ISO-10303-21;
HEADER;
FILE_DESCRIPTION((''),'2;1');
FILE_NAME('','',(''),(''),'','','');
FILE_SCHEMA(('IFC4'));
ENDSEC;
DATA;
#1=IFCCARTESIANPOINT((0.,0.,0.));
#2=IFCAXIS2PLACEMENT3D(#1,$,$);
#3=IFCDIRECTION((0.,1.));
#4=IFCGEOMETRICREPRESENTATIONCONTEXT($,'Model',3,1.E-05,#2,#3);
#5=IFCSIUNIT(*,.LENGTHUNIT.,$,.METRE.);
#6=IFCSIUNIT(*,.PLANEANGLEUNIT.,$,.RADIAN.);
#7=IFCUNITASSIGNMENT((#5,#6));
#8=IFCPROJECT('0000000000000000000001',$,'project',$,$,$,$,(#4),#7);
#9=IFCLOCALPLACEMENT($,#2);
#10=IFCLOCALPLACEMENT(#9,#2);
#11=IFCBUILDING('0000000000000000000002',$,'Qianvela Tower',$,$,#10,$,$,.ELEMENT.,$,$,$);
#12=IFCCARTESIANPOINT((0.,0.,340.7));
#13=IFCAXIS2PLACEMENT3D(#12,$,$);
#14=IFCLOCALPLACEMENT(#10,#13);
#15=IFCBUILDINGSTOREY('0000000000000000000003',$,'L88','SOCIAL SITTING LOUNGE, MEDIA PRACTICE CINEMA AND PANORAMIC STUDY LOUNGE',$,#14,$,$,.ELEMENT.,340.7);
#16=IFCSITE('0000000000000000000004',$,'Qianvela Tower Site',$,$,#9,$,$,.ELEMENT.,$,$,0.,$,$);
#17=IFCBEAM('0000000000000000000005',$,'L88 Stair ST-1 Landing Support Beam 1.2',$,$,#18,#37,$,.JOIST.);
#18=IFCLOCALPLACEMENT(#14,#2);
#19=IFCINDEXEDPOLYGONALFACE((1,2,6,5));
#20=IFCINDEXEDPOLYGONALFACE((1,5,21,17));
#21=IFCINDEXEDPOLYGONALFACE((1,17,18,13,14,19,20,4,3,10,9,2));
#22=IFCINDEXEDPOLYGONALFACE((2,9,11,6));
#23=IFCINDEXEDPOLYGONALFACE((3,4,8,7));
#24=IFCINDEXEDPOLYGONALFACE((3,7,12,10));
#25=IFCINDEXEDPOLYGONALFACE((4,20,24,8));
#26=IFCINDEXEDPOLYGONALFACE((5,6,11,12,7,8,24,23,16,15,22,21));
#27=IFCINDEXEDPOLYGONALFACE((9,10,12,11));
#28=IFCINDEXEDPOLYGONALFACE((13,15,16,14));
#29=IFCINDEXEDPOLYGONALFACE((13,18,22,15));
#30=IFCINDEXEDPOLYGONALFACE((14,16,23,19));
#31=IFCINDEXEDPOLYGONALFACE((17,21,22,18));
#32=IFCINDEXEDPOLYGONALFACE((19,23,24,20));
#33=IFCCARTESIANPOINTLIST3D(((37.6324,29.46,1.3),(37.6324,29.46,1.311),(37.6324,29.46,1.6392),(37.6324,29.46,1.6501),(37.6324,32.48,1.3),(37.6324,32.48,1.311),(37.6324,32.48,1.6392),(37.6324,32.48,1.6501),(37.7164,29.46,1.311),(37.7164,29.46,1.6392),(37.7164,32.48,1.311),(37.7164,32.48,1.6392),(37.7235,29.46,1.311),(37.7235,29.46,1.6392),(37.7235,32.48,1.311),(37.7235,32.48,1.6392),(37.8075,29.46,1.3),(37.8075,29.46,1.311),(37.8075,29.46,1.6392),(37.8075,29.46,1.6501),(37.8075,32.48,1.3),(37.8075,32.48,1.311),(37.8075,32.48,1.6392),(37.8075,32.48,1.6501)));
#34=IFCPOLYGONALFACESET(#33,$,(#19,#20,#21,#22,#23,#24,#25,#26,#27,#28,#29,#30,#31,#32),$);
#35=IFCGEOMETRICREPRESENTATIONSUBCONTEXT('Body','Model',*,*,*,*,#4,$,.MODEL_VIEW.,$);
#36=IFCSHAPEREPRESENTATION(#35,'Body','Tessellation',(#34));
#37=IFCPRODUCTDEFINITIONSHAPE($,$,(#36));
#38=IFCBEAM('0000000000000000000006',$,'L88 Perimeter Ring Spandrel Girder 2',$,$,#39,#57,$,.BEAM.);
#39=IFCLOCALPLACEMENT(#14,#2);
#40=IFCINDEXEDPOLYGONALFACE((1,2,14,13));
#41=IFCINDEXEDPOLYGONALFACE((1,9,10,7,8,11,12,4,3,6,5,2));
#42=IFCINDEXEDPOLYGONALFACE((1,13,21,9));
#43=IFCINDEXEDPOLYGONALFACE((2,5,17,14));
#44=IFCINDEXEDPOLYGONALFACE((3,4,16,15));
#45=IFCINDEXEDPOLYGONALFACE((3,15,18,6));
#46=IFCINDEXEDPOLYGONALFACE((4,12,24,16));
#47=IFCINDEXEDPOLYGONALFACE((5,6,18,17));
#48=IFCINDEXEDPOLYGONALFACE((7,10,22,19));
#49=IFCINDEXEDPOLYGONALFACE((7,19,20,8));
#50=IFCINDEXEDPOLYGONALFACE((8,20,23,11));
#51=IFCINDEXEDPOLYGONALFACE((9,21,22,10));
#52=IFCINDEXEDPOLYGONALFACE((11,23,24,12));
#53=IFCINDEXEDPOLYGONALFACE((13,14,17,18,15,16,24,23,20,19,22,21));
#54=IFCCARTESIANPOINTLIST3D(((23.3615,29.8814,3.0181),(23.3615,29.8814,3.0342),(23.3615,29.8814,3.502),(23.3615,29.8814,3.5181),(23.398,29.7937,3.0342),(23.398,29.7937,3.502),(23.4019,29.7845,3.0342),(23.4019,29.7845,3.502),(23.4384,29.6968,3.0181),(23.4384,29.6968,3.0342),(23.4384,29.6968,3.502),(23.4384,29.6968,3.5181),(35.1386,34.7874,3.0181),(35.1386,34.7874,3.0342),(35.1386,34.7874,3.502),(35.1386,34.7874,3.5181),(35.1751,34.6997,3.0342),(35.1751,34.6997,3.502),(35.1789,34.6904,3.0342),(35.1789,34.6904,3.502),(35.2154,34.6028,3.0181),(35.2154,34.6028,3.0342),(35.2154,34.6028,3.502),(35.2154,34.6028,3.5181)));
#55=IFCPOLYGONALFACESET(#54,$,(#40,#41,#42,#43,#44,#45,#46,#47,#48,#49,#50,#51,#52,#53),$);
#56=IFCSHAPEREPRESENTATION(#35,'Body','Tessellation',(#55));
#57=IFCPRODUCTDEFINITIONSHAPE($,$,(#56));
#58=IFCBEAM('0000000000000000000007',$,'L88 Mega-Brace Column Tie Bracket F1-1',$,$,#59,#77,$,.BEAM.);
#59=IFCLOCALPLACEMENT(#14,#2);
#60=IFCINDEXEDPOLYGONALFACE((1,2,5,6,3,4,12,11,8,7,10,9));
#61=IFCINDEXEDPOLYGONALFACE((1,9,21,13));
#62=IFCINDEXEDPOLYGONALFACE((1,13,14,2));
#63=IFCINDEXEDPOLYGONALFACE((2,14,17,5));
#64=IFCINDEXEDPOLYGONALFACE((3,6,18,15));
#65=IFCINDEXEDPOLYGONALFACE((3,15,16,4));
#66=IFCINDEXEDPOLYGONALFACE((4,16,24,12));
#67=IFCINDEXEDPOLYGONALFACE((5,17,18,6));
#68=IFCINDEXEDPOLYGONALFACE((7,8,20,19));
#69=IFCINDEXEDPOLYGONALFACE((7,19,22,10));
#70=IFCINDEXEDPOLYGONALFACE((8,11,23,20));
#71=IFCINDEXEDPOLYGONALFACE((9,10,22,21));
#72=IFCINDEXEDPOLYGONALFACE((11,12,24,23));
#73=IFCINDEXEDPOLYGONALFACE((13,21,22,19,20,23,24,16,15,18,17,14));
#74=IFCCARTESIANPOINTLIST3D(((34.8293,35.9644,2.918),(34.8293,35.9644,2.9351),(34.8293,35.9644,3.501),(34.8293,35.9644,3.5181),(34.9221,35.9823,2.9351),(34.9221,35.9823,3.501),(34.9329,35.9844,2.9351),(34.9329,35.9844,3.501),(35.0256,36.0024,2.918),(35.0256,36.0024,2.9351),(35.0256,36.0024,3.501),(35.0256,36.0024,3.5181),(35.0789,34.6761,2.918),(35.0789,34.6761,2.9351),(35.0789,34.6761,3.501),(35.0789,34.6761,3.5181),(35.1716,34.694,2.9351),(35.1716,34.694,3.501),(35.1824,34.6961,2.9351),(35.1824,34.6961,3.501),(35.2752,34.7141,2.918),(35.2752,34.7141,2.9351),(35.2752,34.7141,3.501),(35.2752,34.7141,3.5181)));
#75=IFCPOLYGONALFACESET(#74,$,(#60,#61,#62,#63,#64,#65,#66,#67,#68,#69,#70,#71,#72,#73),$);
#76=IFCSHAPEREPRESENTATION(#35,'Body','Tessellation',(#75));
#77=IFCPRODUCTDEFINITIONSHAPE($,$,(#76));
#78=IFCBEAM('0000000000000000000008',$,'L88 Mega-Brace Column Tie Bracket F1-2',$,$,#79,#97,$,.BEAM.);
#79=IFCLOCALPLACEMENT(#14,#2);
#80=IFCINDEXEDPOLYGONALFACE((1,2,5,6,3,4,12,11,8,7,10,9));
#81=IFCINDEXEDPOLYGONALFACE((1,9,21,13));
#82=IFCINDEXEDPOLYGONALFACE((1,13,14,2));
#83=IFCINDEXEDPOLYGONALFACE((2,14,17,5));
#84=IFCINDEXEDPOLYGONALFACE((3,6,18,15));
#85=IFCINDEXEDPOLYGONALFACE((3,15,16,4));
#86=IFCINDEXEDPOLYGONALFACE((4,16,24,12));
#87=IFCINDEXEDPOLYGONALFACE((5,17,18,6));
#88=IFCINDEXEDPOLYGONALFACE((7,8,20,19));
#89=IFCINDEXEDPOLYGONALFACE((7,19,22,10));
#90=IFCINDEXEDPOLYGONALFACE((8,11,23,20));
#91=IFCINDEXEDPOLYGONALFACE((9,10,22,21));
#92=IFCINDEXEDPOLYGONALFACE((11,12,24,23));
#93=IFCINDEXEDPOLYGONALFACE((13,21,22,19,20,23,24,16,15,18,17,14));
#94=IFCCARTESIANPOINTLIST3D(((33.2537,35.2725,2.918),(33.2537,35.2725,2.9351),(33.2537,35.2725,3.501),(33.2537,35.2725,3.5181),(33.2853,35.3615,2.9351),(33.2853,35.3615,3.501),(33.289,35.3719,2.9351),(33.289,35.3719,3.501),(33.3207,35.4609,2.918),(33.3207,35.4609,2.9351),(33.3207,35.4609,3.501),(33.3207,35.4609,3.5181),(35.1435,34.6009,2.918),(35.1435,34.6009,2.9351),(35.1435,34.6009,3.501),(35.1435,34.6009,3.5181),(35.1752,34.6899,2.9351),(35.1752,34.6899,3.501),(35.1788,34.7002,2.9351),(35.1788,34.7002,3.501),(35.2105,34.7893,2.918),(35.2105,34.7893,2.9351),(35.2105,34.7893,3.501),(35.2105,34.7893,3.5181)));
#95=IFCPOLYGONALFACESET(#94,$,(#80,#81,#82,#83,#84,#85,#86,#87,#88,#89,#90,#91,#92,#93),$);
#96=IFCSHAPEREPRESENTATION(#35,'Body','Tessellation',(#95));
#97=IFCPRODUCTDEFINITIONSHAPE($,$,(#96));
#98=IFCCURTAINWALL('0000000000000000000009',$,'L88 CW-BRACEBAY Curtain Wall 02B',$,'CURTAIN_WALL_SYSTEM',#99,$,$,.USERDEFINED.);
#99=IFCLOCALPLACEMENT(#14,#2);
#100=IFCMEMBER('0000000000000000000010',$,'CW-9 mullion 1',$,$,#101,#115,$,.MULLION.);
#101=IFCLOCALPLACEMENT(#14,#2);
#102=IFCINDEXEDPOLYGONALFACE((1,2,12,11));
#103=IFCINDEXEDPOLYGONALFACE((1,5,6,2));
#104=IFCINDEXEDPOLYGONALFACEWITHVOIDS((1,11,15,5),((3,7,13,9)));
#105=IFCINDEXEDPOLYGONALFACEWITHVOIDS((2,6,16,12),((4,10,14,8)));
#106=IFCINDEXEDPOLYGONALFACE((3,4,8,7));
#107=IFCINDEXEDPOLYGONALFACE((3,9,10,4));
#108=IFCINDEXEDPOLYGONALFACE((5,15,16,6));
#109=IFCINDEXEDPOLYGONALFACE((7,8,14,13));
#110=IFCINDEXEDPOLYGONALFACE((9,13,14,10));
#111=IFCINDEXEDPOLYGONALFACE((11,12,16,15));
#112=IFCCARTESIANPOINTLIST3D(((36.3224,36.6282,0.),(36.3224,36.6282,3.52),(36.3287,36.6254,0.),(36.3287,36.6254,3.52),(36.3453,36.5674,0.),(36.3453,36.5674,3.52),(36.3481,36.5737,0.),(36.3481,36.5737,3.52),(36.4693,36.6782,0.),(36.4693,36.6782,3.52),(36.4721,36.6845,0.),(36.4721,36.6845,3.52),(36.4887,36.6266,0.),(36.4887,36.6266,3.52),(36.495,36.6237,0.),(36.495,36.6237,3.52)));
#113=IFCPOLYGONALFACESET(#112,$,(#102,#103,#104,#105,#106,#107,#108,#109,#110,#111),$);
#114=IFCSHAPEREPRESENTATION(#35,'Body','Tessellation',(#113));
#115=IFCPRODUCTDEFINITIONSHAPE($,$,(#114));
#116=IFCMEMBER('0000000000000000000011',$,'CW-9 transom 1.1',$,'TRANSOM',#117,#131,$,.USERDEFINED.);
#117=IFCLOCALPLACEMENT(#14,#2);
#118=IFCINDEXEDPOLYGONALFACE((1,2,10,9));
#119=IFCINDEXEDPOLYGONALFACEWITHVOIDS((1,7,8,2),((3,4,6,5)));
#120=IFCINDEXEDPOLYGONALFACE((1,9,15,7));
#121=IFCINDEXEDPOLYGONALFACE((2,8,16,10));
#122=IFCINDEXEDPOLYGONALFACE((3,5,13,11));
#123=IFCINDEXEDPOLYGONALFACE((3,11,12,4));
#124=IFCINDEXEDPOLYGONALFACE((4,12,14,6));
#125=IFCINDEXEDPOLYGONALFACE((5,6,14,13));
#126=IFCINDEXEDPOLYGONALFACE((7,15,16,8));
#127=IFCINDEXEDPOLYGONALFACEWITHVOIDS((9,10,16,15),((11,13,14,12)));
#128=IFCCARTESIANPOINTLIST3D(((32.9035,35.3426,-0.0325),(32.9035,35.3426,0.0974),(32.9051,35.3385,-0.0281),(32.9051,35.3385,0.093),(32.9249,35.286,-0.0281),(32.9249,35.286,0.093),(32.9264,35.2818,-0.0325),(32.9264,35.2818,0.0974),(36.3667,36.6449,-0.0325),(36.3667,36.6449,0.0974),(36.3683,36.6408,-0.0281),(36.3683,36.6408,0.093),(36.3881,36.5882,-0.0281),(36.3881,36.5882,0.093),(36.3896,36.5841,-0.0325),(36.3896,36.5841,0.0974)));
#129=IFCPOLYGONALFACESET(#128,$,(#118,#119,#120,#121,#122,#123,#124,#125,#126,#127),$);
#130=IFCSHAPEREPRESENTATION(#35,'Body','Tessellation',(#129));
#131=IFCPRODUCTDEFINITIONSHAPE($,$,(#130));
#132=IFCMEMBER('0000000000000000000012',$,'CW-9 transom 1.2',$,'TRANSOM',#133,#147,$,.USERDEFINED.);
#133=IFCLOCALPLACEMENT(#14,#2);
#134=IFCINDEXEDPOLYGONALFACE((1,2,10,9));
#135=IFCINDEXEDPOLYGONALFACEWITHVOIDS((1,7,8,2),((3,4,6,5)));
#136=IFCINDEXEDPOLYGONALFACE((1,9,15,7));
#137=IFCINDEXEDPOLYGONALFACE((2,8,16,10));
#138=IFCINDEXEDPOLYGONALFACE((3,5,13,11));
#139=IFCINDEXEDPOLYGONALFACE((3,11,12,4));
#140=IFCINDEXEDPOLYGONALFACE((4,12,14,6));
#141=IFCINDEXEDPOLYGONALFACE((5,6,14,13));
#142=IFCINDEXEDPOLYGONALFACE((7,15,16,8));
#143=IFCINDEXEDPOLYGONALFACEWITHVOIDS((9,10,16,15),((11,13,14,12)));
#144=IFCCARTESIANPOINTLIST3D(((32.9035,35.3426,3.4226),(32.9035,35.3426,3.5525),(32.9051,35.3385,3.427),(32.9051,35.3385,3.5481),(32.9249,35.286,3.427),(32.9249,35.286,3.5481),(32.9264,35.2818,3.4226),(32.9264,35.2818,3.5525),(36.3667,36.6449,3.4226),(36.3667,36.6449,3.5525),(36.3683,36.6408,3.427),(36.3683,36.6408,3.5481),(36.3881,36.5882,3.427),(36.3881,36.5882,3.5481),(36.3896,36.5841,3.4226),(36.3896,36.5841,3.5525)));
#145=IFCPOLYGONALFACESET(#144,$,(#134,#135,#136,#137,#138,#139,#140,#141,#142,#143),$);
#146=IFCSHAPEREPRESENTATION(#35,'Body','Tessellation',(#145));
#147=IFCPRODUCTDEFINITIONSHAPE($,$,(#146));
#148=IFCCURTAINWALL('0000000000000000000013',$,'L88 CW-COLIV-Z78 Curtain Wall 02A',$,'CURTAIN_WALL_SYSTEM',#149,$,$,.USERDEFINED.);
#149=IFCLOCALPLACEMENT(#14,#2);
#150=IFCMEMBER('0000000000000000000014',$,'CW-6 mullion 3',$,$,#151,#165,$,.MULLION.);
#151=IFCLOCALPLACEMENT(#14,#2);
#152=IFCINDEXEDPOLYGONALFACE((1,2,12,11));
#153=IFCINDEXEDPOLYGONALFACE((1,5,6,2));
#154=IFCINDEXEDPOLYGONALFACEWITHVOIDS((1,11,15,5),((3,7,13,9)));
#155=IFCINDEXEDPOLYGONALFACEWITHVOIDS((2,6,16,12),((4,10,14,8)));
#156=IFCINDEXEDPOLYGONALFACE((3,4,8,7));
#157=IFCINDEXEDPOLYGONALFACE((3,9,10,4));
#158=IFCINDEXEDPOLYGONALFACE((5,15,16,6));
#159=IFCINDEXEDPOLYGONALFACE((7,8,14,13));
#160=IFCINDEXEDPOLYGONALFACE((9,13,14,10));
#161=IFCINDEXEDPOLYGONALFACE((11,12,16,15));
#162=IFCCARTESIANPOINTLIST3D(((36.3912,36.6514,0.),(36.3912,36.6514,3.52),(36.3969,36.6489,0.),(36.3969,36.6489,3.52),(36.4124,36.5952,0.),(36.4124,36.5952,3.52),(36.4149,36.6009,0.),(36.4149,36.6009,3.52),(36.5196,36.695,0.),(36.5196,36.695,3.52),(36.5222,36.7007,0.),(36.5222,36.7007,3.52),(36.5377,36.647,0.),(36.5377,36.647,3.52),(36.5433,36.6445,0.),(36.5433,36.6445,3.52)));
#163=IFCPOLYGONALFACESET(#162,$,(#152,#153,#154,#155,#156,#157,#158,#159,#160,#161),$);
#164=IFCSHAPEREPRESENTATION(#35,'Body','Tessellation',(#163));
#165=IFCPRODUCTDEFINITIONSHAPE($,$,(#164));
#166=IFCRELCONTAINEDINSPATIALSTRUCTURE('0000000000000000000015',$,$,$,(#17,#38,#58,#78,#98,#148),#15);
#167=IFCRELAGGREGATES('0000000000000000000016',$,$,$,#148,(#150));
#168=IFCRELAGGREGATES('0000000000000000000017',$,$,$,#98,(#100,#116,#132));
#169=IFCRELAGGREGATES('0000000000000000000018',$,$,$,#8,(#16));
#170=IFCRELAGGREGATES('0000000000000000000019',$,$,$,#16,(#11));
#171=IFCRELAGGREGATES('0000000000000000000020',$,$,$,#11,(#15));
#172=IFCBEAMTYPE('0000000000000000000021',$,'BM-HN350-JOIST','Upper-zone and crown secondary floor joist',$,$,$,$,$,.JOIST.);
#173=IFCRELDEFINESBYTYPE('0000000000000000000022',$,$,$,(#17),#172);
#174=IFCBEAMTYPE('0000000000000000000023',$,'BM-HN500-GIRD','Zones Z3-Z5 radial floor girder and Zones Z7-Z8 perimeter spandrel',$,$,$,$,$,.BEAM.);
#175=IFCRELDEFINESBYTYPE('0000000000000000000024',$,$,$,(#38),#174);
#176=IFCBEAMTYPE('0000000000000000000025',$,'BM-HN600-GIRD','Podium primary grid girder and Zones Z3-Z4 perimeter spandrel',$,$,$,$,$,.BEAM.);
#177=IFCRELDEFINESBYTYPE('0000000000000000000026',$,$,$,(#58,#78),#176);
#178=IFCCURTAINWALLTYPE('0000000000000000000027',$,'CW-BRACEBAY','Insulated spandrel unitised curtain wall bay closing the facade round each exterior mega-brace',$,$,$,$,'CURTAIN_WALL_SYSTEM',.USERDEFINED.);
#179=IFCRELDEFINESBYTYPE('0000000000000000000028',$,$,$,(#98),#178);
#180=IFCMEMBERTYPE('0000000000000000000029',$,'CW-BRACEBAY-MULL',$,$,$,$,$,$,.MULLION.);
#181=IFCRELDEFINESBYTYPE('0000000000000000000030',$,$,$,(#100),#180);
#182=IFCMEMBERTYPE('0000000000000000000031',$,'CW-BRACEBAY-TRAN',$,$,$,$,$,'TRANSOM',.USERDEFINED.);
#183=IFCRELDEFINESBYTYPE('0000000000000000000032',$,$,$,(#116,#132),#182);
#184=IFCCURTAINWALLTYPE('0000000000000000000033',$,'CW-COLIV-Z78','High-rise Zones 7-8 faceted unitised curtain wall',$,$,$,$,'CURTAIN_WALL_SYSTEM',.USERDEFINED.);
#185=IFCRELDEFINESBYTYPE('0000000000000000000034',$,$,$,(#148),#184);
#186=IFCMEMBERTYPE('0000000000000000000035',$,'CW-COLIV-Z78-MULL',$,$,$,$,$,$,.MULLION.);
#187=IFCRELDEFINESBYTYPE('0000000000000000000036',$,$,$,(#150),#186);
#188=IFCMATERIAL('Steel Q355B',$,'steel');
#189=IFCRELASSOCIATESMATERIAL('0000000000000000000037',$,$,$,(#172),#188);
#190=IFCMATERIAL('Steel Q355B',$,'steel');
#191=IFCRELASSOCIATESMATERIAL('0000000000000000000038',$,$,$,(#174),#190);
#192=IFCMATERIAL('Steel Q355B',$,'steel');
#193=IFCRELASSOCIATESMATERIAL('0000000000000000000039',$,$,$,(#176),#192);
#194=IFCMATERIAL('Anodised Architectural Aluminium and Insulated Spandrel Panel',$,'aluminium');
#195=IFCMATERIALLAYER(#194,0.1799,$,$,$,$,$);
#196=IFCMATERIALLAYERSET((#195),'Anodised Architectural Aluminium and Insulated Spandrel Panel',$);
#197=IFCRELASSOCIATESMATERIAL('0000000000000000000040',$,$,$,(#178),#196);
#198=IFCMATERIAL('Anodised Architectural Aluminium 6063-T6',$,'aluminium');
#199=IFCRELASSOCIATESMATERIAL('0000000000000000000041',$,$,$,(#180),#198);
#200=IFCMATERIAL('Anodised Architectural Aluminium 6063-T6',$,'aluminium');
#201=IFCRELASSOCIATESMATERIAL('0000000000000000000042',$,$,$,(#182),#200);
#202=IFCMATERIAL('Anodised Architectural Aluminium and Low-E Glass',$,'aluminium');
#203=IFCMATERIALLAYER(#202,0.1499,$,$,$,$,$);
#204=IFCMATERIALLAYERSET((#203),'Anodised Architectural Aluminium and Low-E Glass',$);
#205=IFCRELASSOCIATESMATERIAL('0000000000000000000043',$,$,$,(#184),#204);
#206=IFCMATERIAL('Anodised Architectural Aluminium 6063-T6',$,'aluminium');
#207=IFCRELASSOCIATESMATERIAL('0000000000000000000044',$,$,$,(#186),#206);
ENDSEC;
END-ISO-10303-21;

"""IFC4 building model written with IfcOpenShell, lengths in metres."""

from ifc_helpers import new_model, si_unit, direction, frame, origin, origin_2d, place, context, subcontext, project, spatial, hollow_rectangle, i_section, extrude, material, layer, layer_set, material_profile, profile_set, type_object, element, aggregate, save


model = new_model("IFC4")

# Units and contexts
model_context = context("Model", 3, precision=1e-05, world=origin(), true_north=direction((0.0, 1.0)))
body_context = subcontext(model_context, "Body", "Model", "MODEL_VIEW")
ifc_project = project(units=[si_unit("LENGTHUNIT", "METRE"), si_unit("PLANEANGLEUNIT", "RADIAN")], contexts=[model_context])

# Site, building, storey
site_placement = place(None, origin())
site = spatial("IfcSite", under=ifc_project, at=site_placement, Name="Qianvela Tower Site", CompositionType="ELEMENT", RefElevation=0.0)
building_placement = place(site_placement, origin())
building = spatial("IfcBuilding", under=site, at=building_placement, Name="Qianvela Tower", CompositionType="ELEMENT")
storey_placement = place(building_placement, frame((0.0, 0.0, 340.7)))
storey = spatial("IfcBuildingStorey", under=building, at=storey_placement, Name="L88", Description="SOCIAL SITTING LOUNGE, MEDIA PRACTICE CINEMA AND PANORAMIC STUDY LOUNGE", CompositionType="ELEMENT", Elevation=340.7)

# Beams
ifc_material_1 = material(Name="Steel Q355B", Category="steel")
ifc_material_profile_1 = material_profile(ifc_material_1, i_section(OverallWidth=0.175, OverallDepth=0.3501, WebThickness=0.0071, FlangeThickness=0.011, at=origin_2d()), Name="HN350x175x7x11")
ifc_profile_set_1 = profile_set([ifc_material_profile_1], Name="Steel Q355B")
beam_type_1 = type_object("IfcBeamType", Name="BM-HN350-JOIST", Description="Upper-zone and crown secondary floor joist", PredefinedType="JOIST", material=ifc_profile_set_1)
for number, where, z_axis, x_axis, name in (
    (1, (37.72, 29.46, 1.4751), (0.0, 1.0, 0.0), (-1.0, 0.0, 0.0), "L88 Stair ST-1 Landing Support Beam 1.2"),
):
    element("IfcBeam", number, at=place(storey_placement, frame(where, z_axis=z_axis, x_axis=x_axis)), inside=storey, type_object=beam_type_1, Name=name, PredefinedType="JOIST", context=body_context, shape_type="SweptSolid", body=[
        extrude(i_section(OverallWidth=0.175, OverallDepth=0.3501, WebThickness=0.0071, FlangeThickness=0.011, at=origin_2d()), origin(), (0.0, 0.0, 1.0), 3.02),
    ])
ifc_material_2 = material(Name="Steel Q355B", Category="steel")
ifc_material_profile_2 = material_profile(ifc_material_2, i_section(OverallWidth=0.2, OverallDepth=0.5, WebThickness=0.01, FlangeThickness=0.0161, at=origin_2d()), Name="HN500x200x10x16")
ifc_profile_set_2 = profile_set([ifc_material_profile_2], Name="Steel Q355B")
beam_type_2 = type_object("IfcBeamType", Name="BM-HN500-GIRD", Description="Zones Z3-Z5 radial floor girder and Zones Z7-Z8 perimeter spandrel", PredefinedType="BEAM", material=ifc_profile_set_2)
beam_1_placement = place(storey_placement, frame((35.177, 34.6951, 3.2681), z_axis=(-0.923108, -0.384541, 0.0), x_axis=(0.384541, -0.923108, 0.0)))
element("IfcBeam", 2, at=beam_1_placement, inside=storey, type_object=beam_type_2, Name="L88 Perimeter Ring Spandrel Girder 2", PredefinedType="BEAM", context=body_context, shape_type="SweptSolid", body=[
    extrude(i_section(OverallWidth=0.2, OverallDepth=0.5, WebThickness=0.01, FlangeThickness=0.0161, at=origin_2d()), origin(), (0.0, 0.0, 1.0), 12.7581),
])
ifc_material_3 = material(Name="Steel Q355B", Category="steel")
ifc_material_profile_3 = material_profile(ifc_material_3, i_section(OverallWidth=0.2, OverallDepth=0.6001, WebThickness=0.011, FlangeThickness=0.0171, at=origin_2d()), Name="HN600x200x11x17")
ifc_profile_set_3 = profile_set([ifc_material_profile_3], Name="Steel Q355B")
beam_type_3 = type_object("IfcBeamType", Name="BM-HN600-GIRD", Description="Podium primary grid girder and Zones Z3-Z4 perimeter spandrel", PredefinedType="BEAM", material=ifc_profile_set_3)
beam_2_placement = place(storey_placement, frame((35.177, 34.6951, 3.218), z_axis=(-0.190138, 0.981757, 0.0), x_axis=(-0.981757, -0.190138, 0.0)))
element("IfcBeam", 3, at=beam_2_placement, inside=storey, type_object=beam_type_3, Name="L88 Mega-Brace Column Tie Bracket F1-1", PredefinedType="BEAM", context=body_context, shape_type="SweptSolid", body=[
    extrude(i_section(OverallWidth=0.2, OverallDepth=0.6001, WebThickness=0.011, FlangeThickness=0.0171, at=origin_2d()), origin(), (0.0, 0.0, 1.0), 1.3123),
])
beam_3_placement = place(storey_placement, frame((35.177, 34.6951, 3.218), z_axis=(-0.942267, 0.334863, 0.0), x_axis=(-0.334863, -0.942267, 0.0)))
element("IfcBeam", 4, at=beam_3_placement, inside=storey, type_object=beam_type_3, Name="L88 Mega-Brace Column Tie Bracket F1-2", PredefinedType="BEAM", context=body_context, shape_type="SweptSolid", body=[
    extrude(i_section(OverallWidth=0.2, OverallDepth=0.6001, WebThickness=0.011, FlangeThickness=0.0171, at=origin_2d()), origin(), (0.0, 0.0, 1.0), 2.0056),
])

# Curtain wall, members
ifc_material_4 = material(Name="Anodised Architectural Aluminium and Insulated Spandrel Panel", Category="aluminium")
ifc_layer_1 = layer(ifc_material_4, 0.1799)
ifc_layer_set_1 = layer_set([ifc_layer_1], Name="Anodised Architectural Aluminium and Insulated Spandrel Panel")
curtain_wall_type_1 = type_object("IfcCurtainWallType", Name="CW-BRACEBAY", Description="Insulated spandrel unitised curtain wall bay closing the facade round each exterior mega-brace", ElementType="CURTAIN_WALL_SYSTEM", PredefinedType="USERDEFINED", material=ifc_layer_set_1)
curtain_wall_1_placement = place(storey_placement, origin())
curtain_wall_1 = element("IfcCurtainWall", 5, at=curtain_wall_1_placement, inside=storey, type_object=curtain_wall_type_1, Name="L88 CW-BRACEBAY Curtain Wall 02B", ObjectType="CURTAIN_WALL_SYSTEM", PredefinedType="USERDEFINED")
ifc_material_5 = material(Name="Anodised Architectural Aluminium 6063-T6", Category="aluminium")
ifc_material_profile_4 = material_profile(ifc_material_5, hollow_rectangle(XDim=0.0649, YDim=0.1599, WallThickness=0.0049, at=origin_2d()), Name="ALU-MULL-65x160")
ifc_profile_set_4 = profile_set([ifc_material_profile_4], Name="Anodised Architectural Aluminium 6063-T6")
member_type_1 = type_object("IfcMemberType", Name="CW-BRACEBAY-MULL", PredefinedType="MULLION", material=ifc_profile_set_4)
member_1_placement = place(storey_placement, frame((36.4087, 36.626, 0.0), z_axis=(0.0, 0.0, 1.0), x_axis=(0.351962, -0.936014, 0.0)))
member_1 = element("IfcMember", 6, at=member_1_placement, type_object=member_type_1, Name="CW-9 mullion 1", PredefinedType="MULLION", context=body_context, shape_type="SweptSolid", body=[
    extrude(hollow_rectangle(XDim=0.0649, YDim=0.1599, WallThickness=0.0049, at=origin_2d()), origin(), (0.0, 0.0, 1.0), 3.52),
])
ifc_material_6 = material(Name="Anodised Architectural Aluminium 6063-T6", Category="aluminium")
ifc_material_profile_5 = material_profile(ifc_material_6, hollow_rectangle(XDim=0.0649, YDim=0.1299, WallThickness=0.0044, at=origin_2d()), Name="ALU-TRAN-65x130")
ifc_profile_set_5 = profile_set([ifc_material_profile_5], Name="Anodised Architectural Aluminium 6063-T6")
member_type_2 = type_object("IfcMemberType", Name="CW-BRACEBAY-TRAN", ElementType="TRANSOM", PredefinedType="USERDEFINED", material=ifc_profile_set_5)
member_2_placement = place(storey_placement, frame((36.3782, 36.6145, 0.0325), z_axis=(-0.936012, -0.351969, 0.0), x_axis=(0.351969, -0.936012, 0.0)))
member_2 = element("IfcMember", 7, at=member_2_placement, type_object=member_type_2, Name="CW-9 transom 1.1", ObjectType="TRANSOM", PredefinedType="USERDEFINED", context=body_context, shape_type="SweptSolid", body=[
    extrude(hollow_rectangle(XDim=0.0649, YDim=0.1299, WallThickness=0.0044, at=origin_2d()), origin(), (0.0, 0.0, 1.0), 3.7),
])
member_3_placement = place(storey_placement, frame((36.3782, 36.6145, 3.4875), z_axis=(-0.936012, -0.351969, 0.0), x_axis=(0.351969, -0.936012, 0.0)))
member_3 = element("IfcMember", 8, at=member_3_placement, type_object=member_type_2, Name="CW-9 transom 1.2", ObjectType="TRANSOM", PredefinedType="USERDEFINED", context=body_context, shape_type="SweptSolid", body=[
    extrude(hollow_rectangle(XDim=0.0649, YDim=0.1299, WallThickness=0.0044, at=origin_2d()), origin(), (0.0, 0.0, 1.0), 3.7),
])

# Curtain wall, member
ifc_material_7 = material(Name="Anodised Architectural Aluminium and Low-E Glass", Category="aluminium")
ifc_layer_2 = layer(ifc_material_7, 0.1499)
ifc_layer_set_2 = layer_set([ifc_layer_2], Name="Anodised Architectural Aluminium and Low-E Glass")
curtain_wall_type_2 = type_object("IfcCurtainWallType", Name="CW-COLIV-Z78", Description="High-rise Zones 7-8 faceted unitised curtain wall", ElementType="CURTAIN_WALL_SYSTEM", PredefinedType="USERDEFINED", material=ifc_layer_set_2)
curtain_wall_2_placement = place(storey_placement, origin())
curtain_wall_2 = element("IfcCurtainWall", 9, at=curtain_wall_2_placement, inside=storey, type_object=curtain_wall_type_2, Name="L88 CW-COLIV-Z78 Curtain Wall 02A", ObjectType="CURTAIN_WALL_SYSTEM", PredefinedType="USERDEFINED")
ifc_material_8 = material(Name="Anodised Architectural Aluminium 6063-T6", Category="aluminium")
ifc_material_profile_6 = material_profile(ifc_material_8, hollow_rectangle(XDim=0.0601, YDim=0.1399, WallThickness=0.0044, at=origin_2d()), Name="ALU-MULL-60x140")
ifc_profile_set_6 = profile_set([ifc_material_profile_6], Name="Anodised Architectural Aluminium 6063-T6")
member_type_3 = type_object("IfcMemberType", Name="CW-COLIV-Z78-MULL", PredefinedType="MULLION", material=ifc_profile_set_6)
member_4_placement = place(storey_placement, frame((36.4673, 36.6479, 0.0), z_axis=(0.0, 0.0, 1.0), x_axis=(0.351956, -0.936017, 0.0)))
member_4 = element("IfcMember", 10, at=member_4_placement, type_object=member_type_3, Name="CW-6 mullion 3", PredefinedType="MULLION", context=body_context, shape_type="SweptSolid", body=[
    extrude(hollow_rectangle(XDim=0.0601, YDim=0.1399, WallThickness=0.0044, at=origin_2d()), origin(), (0.0, 0.0, 1.0), 3.52),
])
aggregate(curtain_wall_2, [member_4])

aggregate(curtain_wall_1, [member_1, member_2, member_3])

save(model, "model.ifc")
